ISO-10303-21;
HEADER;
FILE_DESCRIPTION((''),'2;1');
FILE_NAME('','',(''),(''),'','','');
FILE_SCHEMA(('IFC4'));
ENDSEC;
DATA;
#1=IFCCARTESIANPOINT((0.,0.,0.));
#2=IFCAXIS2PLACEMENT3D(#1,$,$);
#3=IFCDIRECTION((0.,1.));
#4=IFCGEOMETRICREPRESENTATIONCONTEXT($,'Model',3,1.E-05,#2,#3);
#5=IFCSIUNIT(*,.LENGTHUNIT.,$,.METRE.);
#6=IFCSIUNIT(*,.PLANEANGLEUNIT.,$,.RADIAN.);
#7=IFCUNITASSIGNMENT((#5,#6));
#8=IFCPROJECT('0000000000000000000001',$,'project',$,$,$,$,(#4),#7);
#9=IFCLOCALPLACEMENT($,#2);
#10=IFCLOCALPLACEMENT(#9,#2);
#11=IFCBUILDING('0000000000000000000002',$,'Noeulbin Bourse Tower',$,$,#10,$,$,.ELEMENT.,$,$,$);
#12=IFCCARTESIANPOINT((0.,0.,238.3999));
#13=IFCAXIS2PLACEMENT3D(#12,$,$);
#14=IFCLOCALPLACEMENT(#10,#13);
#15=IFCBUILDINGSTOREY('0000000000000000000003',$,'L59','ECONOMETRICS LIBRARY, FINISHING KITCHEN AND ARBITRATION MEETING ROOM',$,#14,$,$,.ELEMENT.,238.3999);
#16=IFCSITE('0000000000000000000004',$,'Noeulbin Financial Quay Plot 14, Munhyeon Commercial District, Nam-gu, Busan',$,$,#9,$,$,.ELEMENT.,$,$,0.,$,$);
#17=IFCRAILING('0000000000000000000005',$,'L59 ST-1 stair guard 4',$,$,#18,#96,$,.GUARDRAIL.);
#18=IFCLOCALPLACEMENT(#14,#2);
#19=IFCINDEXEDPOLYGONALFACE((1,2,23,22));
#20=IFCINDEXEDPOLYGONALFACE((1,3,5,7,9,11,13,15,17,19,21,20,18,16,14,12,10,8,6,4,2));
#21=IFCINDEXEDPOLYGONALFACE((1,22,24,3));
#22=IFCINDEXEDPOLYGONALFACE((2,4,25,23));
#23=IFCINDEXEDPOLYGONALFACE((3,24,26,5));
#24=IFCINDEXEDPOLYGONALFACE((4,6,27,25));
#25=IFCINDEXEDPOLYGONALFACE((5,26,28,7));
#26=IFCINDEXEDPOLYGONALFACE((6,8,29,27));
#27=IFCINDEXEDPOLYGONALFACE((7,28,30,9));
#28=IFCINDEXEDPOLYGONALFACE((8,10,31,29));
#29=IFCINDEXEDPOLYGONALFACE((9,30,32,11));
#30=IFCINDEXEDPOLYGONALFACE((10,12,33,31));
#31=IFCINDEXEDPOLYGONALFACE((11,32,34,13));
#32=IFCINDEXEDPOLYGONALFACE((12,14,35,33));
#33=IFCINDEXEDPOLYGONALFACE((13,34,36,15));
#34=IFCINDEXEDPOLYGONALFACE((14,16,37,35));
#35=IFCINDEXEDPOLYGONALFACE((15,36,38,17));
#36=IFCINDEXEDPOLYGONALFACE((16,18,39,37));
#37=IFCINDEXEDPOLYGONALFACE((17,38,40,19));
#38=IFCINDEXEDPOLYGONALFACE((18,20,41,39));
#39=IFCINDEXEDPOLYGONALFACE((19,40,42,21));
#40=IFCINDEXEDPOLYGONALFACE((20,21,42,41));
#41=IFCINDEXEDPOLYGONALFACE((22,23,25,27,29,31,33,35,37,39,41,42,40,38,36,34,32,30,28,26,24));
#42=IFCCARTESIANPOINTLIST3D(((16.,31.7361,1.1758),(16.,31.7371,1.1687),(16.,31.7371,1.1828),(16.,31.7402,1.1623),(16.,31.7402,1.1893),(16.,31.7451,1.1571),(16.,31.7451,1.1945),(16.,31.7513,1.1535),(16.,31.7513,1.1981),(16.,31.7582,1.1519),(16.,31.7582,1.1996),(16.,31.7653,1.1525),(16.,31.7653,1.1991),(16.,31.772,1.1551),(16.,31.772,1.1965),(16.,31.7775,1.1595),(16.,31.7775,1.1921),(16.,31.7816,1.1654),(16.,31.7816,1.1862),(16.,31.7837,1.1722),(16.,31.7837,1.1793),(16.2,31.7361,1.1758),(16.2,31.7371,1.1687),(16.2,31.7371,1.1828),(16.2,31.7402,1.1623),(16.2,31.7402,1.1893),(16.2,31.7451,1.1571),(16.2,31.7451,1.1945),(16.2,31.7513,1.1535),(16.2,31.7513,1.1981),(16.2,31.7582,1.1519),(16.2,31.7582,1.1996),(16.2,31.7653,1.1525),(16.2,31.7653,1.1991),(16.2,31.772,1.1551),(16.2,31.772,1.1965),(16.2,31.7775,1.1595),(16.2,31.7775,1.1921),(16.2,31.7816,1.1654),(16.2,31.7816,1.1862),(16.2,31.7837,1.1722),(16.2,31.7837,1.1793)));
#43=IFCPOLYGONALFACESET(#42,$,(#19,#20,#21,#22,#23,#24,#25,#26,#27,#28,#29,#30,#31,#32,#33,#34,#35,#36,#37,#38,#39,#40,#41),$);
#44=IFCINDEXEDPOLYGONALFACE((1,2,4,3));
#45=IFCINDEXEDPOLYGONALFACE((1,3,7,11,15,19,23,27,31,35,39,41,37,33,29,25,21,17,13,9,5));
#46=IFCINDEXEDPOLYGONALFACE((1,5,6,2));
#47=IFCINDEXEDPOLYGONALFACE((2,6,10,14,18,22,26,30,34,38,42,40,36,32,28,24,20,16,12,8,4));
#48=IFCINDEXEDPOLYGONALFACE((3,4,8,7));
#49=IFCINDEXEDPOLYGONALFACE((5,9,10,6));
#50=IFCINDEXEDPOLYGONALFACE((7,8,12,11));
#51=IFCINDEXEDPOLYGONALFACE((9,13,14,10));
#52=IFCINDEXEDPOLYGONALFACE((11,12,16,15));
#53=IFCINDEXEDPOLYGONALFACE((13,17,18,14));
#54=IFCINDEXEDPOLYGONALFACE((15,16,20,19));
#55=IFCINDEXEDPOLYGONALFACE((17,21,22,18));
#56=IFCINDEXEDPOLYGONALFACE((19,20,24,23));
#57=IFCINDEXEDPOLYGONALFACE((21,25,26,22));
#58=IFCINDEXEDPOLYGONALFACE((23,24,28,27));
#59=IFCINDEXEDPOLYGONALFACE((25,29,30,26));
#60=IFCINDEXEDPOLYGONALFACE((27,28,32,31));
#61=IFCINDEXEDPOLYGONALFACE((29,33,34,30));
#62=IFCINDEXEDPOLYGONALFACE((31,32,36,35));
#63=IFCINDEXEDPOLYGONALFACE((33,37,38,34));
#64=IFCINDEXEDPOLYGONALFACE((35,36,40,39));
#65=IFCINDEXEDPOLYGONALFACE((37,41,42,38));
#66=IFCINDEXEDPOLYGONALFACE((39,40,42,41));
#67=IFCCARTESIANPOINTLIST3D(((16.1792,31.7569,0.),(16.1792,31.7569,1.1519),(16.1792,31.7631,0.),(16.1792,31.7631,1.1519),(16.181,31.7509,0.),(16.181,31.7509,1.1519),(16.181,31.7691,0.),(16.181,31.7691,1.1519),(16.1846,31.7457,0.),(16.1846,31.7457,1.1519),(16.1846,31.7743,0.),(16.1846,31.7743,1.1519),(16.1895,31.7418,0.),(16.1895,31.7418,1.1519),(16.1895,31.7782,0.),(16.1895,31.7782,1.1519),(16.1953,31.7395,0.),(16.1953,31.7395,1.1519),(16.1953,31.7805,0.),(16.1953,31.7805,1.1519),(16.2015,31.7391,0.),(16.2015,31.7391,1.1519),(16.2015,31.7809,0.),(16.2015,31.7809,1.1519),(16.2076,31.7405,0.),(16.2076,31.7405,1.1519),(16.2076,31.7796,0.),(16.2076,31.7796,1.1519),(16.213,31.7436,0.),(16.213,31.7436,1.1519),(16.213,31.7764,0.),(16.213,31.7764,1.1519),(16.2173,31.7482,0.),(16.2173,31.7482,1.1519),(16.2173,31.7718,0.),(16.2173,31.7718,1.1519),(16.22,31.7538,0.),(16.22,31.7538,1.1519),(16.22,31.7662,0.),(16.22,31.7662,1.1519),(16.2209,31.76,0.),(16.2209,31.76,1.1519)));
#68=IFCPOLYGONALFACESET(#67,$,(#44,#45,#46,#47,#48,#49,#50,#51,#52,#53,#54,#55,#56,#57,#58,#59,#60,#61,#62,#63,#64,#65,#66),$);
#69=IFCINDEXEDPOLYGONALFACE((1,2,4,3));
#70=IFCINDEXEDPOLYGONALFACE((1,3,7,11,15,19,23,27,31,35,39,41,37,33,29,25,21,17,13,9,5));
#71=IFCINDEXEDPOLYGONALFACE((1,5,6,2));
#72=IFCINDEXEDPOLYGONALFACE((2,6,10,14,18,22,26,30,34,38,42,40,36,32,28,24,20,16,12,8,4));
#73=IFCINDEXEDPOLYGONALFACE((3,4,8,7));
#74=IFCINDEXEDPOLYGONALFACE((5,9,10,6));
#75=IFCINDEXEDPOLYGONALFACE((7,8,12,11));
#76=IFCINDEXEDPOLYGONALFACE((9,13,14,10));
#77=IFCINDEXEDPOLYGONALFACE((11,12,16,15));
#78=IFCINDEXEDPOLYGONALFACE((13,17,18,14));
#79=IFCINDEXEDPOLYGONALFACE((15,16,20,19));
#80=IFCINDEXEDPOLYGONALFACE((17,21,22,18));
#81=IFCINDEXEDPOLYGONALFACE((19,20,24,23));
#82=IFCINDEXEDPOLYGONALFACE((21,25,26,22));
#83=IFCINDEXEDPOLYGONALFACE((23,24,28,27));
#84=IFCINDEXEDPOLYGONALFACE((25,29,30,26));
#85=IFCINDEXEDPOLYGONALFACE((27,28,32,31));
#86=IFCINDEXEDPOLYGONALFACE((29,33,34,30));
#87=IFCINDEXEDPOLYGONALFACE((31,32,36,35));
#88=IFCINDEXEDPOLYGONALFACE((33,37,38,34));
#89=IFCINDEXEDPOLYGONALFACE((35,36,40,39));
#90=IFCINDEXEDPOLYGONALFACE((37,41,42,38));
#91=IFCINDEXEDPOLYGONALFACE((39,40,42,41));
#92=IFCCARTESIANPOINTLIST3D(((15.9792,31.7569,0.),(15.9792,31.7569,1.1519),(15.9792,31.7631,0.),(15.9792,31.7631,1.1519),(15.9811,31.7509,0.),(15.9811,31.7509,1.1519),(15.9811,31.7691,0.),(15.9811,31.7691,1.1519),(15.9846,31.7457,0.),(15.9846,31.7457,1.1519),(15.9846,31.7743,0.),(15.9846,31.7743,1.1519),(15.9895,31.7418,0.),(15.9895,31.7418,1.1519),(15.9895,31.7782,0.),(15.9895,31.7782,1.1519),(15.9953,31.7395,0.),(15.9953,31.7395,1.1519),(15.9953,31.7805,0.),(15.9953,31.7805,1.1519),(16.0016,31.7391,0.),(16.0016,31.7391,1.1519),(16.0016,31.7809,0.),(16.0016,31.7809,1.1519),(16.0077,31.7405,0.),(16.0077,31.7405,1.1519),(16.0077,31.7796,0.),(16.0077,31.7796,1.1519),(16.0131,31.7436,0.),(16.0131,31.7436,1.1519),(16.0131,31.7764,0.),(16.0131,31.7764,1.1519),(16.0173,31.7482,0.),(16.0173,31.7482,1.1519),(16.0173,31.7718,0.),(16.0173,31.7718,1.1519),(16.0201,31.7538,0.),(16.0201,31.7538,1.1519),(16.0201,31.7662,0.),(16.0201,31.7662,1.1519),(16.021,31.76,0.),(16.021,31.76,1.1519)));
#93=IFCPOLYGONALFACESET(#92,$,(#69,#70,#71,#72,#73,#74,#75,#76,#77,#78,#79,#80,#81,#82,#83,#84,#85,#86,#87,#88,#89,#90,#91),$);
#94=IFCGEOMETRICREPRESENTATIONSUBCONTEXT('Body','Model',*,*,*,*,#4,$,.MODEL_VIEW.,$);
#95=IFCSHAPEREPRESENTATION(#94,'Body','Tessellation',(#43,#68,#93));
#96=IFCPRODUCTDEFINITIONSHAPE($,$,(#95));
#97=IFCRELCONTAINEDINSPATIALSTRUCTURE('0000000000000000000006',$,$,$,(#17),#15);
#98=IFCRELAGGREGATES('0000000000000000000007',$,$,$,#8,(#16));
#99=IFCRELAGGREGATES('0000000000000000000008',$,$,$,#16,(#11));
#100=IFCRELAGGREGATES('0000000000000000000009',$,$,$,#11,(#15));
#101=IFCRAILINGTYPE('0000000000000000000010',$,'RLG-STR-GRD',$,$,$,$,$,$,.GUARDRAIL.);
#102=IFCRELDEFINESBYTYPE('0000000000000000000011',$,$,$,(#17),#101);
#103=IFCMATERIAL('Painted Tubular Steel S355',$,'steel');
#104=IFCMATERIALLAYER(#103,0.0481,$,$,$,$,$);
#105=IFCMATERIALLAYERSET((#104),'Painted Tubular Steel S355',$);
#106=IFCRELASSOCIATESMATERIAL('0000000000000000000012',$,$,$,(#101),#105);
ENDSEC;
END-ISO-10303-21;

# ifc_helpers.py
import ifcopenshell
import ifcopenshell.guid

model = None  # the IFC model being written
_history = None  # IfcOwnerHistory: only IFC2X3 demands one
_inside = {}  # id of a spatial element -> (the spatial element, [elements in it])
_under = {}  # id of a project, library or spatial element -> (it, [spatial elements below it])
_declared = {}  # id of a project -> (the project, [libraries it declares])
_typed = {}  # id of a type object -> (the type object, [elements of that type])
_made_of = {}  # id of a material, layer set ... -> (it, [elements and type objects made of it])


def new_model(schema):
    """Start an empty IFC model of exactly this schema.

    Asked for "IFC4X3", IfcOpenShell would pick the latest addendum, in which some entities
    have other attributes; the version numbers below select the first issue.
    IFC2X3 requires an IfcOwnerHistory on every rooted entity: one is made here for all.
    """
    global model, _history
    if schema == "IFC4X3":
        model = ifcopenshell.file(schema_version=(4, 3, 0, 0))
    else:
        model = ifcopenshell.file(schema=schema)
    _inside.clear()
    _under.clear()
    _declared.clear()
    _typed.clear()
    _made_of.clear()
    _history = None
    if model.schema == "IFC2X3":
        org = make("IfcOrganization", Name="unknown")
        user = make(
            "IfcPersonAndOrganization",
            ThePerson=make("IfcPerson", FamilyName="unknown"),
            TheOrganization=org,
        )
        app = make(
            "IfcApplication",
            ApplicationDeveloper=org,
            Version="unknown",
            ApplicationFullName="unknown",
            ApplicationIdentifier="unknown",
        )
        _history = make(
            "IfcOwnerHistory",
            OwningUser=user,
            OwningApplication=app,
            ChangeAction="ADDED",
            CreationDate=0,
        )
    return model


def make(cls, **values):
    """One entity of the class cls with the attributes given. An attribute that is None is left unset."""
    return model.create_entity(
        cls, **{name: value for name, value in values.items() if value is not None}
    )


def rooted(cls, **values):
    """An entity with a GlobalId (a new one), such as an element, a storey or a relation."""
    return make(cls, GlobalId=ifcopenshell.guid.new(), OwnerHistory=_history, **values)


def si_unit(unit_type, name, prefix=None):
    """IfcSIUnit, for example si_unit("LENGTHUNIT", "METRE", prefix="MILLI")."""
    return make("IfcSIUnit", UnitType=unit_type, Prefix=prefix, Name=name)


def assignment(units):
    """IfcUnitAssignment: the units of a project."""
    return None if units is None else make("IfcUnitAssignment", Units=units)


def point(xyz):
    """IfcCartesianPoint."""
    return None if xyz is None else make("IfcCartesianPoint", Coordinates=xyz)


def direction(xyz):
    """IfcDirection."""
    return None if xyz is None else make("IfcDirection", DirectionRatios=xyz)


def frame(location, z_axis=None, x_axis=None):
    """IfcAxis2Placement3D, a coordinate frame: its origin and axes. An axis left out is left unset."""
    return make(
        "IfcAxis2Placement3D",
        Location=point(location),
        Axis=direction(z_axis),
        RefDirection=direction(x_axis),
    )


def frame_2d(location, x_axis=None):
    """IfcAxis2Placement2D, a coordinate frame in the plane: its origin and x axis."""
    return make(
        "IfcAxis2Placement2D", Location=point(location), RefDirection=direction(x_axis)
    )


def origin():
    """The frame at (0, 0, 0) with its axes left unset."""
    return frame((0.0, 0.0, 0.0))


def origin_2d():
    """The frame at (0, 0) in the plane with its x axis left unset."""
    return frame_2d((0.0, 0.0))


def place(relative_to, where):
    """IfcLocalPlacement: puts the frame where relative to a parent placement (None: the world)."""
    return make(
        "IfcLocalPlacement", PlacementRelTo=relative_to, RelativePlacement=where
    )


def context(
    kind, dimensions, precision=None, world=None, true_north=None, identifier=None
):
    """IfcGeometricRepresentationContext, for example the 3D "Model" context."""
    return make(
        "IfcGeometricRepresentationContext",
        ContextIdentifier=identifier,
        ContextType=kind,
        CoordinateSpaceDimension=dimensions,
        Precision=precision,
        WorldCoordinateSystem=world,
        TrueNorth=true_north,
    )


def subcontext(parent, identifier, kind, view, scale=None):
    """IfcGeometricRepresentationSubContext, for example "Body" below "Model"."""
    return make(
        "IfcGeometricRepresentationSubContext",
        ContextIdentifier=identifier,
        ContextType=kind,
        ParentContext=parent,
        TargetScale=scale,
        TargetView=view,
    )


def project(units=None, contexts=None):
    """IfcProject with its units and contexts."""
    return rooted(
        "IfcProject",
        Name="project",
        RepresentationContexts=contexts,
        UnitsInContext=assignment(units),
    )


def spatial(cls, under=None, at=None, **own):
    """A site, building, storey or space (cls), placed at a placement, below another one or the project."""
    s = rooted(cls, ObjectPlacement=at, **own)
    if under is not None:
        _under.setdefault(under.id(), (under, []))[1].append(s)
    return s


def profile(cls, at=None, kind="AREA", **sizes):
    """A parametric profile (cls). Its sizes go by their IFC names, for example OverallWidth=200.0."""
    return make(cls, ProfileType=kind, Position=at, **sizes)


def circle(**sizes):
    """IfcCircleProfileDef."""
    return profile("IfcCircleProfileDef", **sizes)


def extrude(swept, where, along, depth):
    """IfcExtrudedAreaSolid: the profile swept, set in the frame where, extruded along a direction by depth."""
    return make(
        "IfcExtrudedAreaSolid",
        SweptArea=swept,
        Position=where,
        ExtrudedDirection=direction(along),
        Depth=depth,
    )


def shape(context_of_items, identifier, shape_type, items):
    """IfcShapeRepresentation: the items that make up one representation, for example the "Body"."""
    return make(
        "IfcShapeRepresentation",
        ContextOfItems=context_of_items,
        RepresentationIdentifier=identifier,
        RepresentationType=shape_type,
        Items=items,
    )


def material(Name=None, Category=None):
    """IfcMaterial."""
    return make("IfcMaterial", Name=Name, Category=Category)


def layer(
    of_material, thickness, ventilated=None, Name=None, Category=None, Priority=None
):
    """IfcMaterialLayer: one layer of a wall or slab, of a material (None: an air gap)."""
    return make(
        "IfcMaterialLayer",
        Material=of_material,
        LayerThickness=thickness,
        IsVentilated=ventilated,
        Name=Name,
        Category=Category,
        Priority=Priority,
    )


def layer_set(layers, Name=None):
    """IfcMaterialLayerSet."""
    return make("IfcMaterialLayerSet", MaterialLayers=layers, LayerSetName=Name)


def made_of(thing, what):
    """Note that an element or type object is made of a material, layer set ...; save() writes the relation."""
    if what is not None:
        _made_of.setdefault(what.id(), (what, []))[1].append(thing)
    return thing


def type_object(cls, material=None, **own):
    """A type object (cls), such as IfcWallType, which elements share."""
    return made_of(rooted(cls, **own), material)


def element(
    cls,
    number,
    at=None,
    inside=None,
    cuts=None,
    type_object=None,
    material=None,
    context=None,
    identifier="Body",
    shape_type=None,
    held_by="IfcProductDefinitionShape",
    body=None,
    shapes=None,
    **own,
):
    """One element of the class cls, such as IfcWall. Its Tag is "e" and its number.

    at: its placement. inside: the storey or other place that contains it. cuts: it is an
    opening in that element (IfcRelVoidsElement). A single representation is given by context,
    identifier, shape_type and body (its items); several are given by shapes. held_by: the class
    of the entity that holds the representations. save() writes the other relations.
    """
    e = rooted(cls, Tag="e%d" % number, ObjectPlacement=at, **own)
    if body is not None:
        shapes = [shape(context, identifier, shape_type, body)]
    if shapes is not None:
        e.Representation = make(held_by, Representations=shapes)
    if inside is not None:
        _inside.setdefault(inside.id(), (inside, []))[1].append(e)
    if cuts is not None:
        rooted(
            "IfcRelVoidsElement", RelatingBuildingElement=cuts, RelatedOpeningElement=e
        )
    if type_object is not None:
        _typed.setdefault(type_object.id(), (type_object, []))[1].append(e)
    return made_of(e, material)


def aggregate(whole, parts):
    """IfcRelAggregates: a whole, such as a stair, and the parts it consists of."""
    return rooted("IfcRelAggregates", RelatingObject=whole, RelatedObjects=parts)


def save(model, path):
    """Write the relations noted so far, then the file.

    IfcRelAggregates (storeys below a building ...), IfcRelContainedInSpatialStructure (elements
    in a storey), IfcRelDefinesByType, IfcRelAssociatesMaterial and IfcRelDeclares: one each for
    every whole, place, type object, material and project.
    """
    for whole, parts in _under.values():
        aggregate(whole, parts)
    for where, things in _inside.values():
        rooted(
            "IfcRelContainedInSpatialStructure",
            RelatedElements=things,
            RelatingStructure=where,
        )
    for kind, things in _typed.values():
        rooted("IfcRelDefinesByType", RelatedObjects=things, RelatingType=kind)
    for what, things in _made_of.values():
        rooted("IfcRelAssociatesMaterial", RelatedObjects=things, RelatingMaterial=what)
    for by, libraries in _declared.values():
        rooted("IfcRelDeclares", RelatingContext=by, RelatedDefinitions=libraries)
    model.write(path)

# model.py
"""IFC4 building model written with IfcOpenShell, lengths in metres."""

from ifc_helpers import new_model, si_unit, direction, frame, origin, origin_2d, place, context, subcontext, project, spatial, circle, extrude, material, layer, layer_set, type_object, element, save


model = new_model("IFC4")

# Units and contexts
model_context = context("Model", 3, precision=1e-05, world=origin(), true_north=direction((0.0, 1.0)))
body_context = subcontext(model_context, "Body", "Model", "MODEL_VIEW")
ifc_project = project(units=[si_unit("LENGTHUNIT", "METRE"), si_unit("PLANEANGLEUNIT", "RADIAN")], contexts=[model_context])

# Site, building, storey
site_placement = place(None, origin())
site = spatial("IfcSite", under=ifc_project, at=site_placement, Name="Noeulbin Financial Quay Plot 14, Munhyeon Commercial District, Nam-gu, Busan", CompositionType="ELEMENT", RefElevation=0.0)
building_placement = place(site_placement, origin())
building = spatial("IfcBuilding", under=site, at=building_placement, Name="Noeulbin Bourse Tower", CompositionType="ELEMENT")
storey_placement = place(building_placement, frame((0.0, 0.0, 238.3999)))
storey = spatial("IfcBuildingStorey", under=building, at=storey_placement, Name="L59", Description="ECONOMETRICS LIBRARY, FINISHING KITCHEN AND ARBITRATION MEETING ROOM", CompositionType="ELEMENT", Elevation=238.3999)

# Railing
ifc_material_1 = material(Name="Painted Tubular Steel S355", Category="steel")
ifc_layer_1 = layer(ifc_material_1, 0.0481)
ifc_layer_set_1 = layer_set([ifc_layer_1], Name="Painted Tubular Steel S355")
railing_type_1 = type_object("IfcRailingType", Name="RLG-STR-GRD", PredefinedType="GUARDRAIL", material=ifc_layer_set_1)
railing_1_placement = place(storey_placement, frame((16.2, 31.76, 0.0)))
element("IfcRailing", 1, at=railing_1_placement, inside=storey, type_object=railing_type_1, Name="L59 ST-1 stair guard 4", PredefinedType="GUARDRAIL", context=body_context, shape_type="SweptSolid", body=[
    extrude(circle(Radius=0.0239, at=origin_2d()), frame((0.0, 0.0, 1.1758), z_axis=(-1.0, 0.0, 0.0), x_axis=(0.0, -1.0, 0.0)), (0.0, 0.0, 1.0), 0.2),
    extrude(circle(Radius=0.021, at=origin_2d()), origin(), (0.0, 0.0, 1.0), 1.1519),
    extrude(circle(Radius=0.021, at=origin_2d()), frame((-0.2, 0.0, 0.0)), (0.0, 0.0, 1.0), 1.1519),
])

save(model, "model.ifc")
